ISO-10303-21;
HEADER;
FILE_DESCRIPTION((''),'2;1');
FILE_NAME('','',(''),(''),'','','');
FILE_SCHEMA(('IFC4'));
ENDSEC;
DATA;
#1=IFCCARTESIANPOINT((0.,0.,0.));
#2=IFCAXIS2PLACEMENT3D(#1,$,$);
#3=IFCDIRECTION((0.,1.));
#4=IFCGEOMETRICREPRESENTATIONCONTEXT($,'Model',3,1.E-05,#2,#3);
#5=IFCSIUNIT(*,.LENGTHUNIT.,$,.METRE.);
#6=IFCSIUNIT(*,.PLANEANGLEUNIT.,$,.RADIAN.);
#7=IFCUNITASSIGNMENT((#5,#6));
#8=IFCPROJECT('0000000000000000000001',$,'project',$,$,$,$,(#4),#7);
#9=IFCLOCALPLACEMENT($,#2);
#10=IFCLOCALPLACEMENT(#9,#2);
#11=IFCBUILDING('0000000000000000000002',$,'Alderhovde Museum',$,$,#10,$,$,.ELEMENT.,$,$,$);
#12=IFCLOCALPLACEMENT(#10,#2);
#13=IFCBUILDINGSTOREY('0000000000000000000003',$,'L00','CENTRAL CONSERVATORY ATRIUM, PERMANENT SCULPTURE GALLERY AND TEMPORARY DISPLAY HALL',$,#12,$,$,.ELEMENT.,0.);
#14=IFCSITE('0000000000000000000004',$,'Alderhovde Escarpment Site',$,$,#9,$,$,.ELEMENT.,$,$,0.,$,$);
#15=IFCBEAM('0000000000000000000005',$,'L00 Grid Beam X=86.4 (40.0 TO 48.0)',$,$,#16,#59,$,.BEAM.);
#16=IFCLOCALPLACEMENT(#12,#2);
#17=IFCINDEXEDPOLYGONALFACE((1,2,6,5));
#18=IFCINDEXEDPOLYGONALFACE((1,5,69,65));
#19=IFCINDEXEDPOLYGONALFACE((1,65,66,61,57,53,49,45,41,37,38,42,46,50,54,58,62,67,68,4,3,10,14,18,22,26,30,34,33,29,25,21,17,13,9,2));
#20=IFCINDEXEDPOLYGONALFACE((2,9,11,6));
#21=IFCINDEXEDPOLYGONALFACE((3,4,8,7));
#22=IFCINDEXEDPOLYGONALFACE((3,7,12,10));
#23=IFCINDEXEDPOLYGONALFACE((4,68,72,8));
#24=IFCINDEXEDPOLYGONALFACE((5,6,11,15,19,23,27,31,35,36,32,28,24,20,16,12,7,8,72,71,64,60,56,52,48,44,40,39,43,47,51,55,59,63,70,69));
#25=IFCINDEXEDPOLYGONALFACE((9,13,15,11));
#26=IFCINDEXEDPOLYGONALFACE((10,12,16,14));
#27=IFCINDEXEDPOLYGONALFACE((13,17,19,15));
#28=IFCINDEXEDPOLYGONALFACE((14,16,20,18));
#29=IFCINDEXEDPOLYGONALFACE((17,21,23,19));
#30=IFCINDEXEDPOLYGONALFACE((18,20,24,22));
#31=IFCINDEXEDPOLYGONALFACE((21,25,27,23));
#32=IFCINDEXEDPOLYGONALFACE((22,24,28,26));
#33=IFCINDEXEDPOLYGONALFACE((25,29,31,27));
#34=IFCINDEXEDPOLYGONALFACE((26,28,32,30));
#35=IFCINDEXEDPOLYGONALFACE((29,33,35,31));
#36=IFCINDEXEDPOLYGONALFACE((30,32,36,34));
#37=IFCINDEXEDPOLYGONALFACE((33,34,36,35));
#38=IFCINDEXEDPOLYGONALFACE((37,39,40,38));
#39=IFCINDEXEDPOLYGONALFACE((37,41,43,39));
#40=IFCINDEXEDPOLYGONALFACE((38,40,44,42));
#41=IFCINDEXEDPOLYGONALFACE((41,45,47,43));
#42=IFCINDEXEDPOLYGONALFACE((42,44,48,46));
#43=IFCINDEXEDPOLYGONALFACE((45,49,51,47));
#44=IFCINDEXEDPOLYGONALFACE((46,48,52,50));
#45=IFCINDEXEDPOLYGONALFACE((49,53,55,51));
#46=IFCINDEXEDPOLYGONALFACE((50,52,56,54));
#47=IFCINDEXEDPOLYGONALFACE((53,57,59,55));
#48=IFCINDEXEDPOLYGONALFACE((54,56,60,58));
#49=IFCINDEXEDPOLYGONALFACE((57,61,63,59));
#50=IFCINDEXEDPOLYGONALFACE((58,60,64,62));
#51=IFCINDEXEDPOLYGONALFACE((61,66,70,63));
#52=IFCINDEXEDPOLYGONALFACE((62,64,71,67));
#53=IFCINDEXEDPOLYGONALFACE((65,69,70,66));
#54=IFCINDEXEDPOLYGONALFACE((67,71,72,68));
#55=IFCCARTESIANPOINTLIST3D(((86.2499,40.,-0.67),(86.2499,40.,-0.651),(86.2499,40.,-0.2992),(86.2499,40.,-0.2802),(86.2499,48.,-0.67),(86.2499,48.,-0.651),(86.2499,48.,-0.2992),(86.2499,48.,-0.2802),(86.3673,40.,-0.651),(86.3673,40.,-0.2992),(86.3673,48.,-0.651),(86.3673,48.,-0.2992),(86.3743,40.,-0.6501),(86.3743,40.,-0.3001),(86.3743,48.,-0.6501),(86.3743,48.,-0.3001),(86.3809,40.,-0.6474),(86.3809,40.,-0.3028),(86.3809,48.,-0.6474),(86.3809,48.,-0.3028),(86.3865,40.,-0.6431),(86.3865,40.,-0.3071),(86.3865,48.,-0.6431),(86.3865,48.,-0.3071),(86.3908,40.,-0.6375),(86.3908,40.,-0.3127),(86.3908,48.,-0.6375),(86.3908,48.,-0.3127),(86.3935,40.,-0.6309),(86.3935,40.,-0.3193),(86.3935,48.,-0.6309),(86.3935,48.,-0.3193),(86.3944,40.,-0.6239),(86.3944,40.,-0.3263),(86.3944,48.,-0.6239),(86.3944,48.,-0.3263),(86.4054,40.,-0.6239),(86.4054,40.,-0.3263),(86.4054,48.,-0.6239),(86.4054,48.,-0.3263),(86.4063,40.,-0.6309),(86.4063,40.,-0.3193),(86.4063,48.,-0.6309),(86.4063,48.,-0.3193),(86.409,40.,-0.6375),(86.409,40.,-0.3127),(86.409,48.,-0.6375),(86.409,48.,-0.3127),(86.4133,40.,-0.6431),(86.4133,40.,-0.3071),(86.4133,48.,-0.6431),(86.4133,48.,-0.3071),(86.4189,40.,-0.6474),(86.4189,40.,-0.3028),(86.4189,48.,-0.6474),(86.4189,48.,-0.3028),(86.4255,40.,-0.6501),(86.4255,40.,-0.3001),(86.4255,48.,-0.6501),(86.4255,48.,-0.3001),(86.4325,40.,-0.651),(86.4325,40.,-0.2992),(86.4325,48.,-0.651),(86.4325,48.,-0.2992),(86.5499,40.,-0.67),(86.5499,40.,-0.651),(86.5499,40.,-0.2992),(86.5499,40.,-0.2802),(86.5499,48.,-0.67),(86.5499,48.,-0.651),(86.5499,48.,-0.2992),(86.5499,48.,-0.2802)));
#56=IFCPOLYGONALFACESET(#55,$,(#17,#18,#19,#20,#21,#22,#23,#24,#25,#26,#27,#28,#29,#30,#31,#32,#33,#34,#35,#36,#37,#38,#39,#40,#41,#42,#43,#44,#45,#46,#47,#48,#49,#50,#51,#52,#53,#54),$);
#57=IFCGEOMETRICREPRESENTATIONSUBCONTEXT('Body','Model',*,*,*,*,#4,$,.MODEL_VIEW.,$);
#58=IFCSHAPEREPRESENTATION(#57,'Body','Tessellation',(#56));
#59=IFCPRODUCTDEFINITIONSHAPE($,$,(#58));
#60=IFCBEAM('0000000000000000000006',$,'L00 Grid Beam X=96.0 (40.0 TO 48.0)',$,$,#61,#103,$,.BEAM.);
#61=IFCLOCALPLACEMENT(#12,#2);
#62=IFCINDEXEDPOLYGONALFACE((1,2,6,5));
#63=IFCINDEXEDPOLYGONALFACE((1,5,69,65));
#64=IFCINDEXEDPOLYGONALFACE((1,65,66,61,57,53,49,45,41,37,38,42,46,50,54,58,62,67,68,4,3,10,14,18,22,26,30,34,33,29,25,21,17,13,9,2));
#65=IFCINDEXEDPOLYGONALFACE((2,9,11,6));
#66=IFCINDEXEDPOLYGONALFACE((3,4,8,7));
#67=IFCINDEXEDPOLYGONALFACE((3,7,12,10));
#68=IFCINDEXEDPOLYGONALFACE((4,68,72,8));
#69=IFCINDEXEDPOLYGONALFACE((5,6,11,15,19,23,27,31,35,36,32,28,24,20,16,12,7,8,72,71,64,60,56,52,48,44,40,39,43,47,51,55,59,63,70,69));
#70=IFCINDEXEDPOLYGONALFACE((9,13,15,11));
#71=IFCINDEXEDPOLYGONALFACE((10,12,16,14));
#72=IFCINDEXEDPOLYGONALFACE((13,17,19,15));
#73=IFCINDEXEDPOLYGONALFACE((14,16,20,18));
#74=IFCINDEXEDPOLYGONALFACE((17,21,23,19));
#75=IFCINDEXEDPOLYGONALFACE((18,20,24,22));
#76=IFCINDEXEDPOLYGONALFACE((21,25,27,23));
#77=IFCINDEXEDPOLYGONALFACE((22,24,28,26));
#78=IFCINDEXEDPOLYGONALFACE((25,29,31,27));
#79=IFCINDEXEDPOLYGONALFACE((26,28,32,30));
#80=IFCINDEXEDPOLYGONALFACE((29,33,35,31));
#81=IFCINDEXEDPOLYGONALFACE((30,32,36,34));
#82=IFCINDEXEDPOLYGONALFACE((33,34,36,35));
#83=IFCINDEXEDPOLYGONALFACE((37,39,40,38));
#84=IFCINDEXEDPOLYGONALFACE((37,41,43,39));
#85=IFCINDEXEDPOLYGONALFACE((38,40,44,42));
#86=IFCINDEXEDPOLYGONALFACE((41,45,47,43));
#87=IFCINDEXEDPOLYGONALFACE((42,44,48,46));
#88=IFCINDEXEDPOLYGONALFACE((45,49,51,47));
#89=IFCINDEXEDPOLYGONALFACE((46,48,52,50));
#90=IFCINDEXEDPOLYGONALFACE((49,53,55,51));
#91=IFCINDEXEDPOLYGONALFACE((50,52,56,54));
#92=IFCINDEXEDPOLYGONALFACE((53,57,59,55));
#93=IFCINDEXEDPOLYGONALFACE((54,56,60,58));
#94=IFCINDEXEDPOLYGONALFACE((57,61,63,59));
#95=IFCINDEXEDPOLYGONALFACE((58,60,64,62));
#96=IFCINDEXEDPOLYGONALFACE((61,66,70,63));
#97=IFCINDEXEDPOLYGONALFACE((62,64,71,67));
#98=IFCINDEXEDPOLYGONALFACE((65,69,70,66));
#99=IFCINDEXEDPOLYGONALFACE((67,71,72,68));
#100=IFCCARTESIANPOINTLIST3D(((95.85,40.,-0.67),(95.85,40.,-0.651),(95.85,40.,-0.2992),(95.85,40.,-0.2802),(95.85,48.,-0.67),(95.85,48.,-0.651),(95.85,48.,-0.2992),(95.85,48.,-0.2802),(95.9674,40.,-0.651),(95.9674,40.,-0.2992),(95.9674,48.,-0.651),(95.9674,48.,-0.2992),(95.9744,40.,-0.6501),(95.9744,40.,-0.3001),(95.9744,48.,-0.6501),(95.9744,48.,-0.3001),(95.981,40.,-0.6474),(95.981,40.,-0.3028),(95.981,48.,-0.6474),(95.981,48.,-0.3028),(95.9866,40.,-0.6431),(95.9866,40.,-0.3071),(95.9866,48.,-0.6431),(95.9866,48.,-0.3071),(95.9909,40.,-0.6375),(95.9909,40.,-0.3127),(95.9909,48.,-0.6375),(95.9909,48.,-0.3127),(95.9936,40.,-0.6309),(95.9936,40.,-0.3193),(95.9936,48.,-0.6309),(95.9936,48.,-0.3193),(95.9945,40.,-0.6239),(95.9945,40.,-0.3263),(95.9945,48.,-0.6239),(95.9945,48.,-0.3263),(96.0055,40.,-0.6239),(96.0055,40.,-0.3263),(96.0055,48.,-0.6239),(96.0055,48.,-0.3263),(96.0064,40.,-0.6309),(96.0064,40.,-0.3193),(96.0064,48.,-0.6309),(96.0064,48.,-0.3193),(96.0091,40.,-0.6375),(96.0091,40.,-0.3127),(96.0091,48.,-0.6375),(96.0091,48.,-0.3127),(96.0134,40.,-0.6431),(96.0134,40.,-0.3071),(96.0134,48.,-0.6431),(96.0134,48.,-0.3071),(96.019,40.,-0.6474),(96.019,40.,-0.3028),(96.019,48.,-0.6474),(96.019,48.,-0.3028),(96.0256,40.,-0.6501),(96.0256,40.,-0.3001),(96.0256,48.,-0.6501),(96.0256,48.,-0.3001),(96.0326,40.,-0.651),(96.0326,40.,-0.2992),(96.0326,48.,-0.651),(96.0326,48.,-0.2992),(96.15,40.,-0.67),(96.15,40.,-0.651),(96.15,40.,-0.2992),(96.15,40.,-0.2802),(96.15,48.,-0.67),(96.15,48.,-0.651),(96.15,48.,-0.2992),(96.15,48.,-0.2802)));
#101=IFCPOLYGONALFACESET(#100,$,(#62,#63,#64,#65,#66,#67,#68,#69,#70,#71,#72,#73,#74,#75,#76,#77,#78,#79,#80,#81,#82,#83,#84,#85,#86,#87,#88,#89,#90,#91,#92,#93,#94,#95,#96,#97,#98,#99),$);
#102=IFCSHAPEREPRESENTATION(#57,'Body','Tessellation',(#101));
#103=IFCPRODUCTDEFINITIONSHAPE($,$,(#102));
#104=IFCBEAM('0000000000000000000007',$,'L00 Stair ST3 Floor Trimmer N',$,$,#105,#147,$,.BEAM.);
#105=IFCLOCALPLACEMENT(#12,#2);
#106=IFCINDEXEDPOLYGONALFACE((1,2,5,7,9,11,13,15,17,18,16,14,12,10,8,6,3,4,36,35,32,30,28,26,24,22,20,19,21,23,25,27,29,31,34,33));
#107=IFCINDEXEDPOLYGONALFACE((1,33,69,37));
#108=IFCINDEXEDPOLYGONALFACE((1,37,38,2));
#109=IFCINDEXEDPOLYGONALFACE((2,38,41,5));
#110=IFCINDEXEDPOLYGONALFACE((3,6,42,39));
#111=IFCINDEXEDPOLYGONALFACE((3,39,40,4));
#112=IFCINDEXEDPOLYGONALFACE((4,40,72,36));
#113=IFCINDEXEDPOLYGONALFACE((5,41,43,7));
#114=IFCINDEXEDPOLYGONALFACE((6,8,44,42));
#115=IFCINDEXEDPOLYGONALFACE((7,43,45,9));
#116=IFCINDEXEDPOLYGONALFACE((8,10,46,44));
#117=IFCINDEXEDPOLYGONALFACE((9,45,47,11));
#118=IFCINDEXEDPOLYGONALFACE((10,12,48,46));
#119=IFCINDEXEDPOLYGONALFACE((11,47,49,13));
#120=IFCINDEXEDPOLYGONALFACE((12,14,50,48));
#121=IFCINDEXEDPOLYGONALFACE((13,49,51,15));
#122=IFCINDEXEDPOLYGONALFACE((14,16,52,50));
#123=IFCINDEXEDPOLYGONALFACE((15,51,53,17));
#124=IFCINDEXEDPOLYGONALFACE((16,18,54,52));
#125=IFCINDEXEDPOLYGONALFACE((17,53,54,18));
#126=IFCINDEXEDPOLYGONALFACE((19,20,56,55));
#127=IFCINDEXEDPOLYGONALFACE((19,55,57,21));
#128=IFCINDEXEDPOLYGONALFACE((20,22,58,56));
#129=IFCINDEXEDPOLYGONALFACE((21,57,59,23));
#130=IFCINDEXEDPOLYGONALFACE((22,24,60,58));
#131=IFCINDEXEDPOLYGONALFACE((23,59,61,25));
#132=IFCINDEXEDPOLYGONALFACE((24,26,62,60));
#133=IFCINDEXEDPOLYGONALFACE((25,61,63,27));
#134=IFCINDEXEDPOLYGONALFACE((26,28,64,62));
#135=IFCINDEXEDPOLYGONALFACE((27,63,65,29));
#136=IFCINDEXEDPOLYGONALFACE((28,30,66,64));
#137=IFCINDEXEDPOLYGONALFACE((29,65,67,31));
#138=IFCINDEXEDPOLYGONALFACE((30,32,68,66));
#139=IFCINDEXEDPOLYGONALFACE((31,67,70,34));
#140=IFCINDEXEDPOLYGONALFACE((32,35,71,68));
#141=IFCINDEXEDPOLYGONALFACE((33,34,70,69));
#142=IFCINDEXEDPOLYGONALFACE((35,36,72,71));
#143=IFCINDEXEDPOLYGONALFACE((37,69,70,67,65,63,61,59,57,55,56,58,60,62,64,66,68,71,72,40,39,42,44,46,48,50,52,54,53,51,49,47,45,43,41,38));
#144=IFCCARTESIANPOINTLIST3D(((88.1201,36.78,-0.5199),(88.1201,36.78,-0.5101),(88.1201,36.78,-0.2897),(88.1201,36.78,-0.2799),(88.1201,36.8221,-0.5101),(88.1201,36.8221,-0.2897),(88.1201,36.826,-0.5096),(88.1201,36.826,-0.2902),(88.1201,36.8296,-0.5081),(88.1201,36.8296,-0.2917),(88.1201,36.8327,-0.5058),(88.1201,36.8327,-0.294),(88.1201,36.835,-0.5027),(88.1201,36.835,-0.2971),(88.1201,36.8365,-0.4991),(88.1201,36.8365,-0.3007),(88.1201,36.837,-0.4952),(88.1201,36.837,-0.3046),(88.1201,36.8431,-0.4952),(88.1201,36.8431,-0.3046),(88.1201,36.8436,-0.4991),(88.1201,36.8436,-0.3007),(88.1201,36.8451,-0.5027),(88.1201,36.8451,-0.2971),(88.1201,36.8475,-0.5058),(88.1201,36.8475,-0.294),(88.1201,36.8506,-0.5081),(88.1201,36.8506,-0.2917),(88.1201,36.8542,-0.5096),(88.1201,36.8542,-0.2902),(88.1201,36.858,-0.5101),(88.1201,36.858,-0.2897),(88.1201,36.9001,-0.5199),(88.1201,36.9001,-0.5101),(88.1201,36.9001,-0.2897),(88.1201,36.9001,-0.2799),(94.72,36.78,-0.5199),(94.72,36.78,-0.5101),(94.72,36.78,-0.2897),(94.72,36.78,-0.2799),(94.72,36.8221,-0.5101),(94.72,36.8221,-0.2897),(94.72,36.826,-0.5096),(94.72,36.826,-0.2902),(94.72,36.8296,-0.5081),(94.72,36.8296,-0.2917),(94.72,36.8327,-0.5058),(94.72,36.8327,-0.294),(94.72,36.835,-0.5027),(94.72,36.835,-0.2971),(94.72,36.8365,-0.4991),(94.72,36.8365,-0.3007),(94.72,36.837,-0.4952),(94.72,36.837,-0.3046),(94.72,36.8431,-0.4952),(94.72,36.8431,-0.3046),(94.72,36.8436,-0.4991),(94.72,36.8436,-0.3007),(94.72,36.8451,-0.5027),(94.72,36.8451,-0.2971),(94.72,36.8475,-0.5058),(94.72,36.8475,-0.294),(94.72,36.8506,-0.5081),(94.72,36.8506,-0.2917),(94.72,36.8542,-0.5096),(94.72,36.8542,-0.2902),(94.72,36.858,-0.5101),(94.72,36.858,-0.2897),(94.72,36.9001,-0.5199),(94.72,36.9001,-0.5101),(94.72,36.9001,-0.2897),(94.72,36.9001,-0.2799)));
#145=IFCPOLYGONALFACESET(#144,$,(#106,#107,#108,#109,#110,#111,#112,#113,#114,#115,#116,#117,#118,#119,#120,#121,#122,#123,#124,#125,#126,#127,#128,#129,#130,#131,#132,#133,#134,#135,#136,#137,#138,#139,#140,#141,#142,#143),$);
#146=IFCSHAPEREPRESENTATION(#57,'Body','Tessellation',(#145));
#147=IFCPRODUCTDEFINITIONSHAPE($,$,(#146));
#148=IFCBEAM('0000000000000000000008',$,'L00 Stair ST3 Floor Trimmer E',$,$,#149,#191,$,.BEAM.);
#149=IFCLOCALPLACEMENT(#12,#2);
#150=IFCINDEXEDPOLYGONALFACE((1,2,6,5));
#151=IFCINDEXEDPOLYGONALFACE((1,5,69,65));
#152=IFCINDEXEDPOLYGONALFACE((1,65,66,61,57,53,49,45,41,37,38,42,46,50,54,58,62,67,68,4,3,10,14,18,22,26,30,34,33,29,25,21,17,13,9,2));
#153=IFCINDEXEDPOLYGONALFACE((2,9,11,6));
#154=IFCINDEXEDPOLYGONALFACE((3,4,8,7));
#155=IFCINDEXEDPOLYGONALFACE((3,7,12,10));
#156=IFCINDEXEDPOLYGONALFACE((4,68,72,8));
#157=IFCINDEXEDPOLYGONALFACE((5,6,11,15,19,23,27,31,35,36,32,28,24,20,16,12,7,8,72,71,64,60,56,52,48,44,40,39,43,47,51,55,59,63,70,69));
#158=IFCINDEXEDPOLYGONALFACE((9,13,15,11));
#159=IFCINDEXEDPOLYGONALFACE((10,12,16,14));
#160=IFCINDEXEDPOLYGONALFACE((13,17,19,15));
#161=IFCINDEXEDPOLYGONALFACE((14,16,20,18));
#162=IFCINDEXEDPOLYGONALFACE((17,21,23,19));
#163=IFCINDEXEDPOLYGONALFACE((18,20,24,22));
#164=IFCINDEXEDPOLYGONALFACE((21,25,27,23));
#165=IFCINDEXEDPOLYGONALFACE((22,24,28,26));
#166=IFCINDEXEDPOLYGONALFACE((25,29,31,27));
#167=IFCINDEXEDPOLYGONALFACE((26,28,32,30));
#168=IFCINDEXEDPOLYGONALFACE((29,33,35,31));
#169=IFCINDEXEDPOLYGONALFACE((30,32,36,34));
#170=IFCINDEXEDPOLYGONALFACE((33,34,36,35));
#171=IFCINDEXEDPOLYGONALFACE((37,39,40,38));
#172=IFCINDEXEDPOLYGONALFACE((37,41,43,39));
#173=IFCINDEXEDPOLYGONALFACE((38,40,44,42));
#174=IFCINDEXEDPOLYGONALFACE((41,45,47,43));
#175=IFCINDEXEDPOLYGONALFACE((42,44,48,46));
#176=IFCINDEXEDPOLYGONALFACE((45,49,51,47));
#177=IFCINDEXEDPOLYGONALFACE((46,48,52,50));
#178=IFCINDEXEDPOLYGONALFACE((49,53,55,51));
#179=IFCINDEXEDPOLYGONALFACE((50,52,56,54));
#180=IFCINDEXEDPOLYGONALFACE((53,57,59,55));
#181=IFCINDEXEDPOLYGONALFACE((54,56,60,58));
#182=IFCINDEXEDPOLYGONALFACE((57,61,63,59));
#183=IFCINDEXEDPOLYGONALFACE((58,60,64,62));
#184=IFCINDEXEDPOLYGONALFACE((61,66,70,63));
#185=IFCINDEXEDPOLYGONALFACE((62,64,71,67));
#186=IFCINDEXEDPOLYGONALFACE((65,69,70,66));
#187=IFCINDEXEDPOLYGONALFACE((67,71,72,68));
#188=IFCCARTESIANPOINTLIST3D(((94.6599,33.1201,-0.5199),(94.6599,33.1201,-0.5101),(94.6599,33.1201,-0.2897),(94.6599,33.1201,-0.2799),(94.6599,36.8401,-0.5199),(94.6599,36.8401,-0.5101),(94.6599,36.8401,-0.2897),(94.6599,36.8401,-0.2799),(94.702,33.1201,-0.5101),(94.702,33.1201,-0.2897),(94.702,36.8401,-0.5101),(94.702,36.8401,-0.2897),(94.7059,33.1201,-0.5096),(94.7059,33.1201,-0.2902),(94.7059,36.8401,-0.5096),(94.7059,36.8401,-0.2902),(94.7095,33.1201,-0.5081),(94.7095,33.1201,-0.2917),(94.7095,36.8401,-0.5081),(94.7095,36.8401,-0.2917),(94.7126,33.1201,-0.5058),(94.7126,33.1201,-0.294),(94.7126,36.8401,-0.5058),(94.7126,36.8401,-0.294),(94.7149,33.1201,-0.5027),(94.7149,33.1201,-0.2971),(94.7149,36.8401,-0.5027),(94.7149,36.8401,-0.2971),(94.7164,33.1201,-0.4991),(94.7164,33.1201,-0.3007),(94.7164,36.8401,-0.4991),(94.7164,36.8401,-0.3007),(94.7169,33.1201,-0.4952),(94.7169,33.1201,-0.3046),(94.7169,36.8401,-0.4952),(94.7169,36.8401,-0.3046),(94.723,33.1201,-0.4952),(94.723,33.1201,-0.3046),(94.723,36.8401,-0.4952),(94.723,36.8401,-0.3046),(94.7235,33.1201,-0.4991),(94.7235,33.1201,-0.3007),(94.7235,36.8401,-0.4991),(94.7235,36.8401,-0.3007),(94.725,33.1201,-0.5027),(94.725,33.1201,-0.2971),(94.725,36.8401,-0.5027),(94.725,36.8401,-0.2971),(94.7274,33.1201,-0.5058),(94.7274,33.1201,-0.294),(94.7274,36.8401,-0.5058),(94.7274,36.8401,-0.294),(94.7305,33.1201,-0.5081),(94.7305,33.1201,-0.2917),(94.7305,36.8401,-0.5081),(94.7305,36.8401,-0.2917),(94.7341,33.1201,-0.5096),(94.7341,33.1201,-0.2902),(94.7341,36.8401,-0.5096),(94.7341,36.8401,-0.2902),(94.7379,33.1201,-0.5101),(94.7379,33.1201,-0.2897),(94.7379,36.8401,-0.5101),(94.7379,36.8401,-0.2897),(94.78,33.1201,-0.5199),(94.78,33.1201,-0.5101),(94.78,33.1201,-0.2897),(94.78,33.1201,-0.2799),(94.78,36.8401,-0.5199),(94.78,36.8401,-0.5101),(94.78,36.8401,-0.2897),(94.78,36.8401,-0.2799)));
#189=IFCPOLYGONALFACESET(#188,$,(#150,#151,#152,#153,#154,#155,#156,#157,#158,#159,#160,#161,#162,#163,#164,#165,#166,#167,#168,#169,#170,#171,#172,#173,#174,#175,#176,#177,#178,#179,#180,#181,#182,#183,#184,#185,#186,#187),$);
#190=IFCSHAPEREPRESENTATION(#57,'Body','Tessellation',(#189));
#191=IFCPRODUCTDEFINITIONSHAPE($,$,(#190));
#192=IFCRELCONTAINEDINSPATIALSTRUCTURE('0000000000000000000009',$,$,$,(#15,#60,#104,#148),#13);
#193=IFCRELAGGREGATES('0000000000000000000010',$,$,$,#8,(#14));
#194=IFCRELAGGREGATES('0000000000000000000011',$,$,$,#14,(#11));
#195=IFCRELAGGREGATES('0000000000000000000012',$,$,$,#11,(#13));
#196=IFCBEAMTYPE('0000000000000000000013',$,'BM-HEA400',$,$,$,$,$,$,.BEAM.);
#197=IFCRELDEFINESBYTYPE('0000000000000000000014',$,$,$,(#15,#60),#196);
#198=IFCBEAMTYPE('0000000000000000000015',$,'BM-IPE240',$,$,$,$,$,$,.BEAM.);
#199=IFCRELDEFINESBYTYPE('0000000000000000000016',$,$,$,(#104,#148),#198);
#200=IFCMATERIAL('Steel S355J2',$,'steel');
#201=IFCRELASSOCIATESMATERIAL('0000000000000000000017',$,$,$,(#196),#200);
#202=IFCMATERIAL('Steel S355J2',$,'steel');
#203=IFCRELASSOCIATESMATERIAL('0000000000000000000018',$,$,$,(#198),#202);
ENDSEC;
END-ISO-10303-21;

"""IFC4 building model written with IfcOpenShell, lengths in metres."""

from ifc_helpers import new_model, si_unit, direction, frame, origin, origin_2d, place, context, subcontext, project, spatial, i_section, extrude, material, material_profile, profile_set, type_object, element, save


model = new_model("IFC4")

# Units and contexts
model_context = context("Model", 3, precision=1e-05, world=origin(), true_north=direction((0.0, 1.0)))
body_context = subcontext(model_context, "Body", "Model", "MODEL_VIEW")
ifc_project = project(units=[si_unit("LENGTHUNIT", "METRE"), si_unit("PLANEANGLEUNIT", "RADIAN")], contexts=[model_context])

# Site, building, storey
site_placement = place(None, origin())
site = spatial("IfcSite", under=ifc_project, at=site_placement, Name="Alderhovde Escarpment Site", CompositionType="ELEMENT", RefElevation=0.0)
building_placement = place(site_placement, origin())
building = spatial("IfcBuilding", under=site, at=building_placement, Name="Alderhovde Museum", CompositionType="ELEMENT")
storey_placement = place(building_placement, origin())
storey = spatial("IfcBuildingStorey", under=building, at=storey_placement, Name="L00", Description="CENTRAL CONSERVATORY ATRIUM, PERMANENT SCULPTURE GALLERY AND TEMPORARY DISPLAY HALL", CompositionType="ELEMENT", Elevation=0.0)

# Beams
ifc_material_1 = material(Name="Steel S355J2", Category="steel")
ifc_material_profile_1 = material_profile(ifc_material_1, i_section(OverallWidth=0.3, OverallDepth=0.3899, WebThickness=0.011, FlangeThickness=0.019, FilletRadius=0.0271, at=origin_2d()), Name="HEA 400")
ifc_profile_set_1 = profile_set([ifc_material_profile_1], Name="Steel S355J2")
beam_type_1 = type_object("IfcBeamType", Name="BM-HEA400", PredefinedType="BEAM", material=ifc_profile_set_1)
for number, where, z_axis, x_axis, name in (
    (1, (86.3999, 40.0, -0.4751), (0.0, 1.0, 0.0), (-1.0, 0.0, 0.0), "L00 Grid Beam X=86.4 (40.0 TO 48.0)"),
    (2, (96.0, 40.0, -0.4751), (0.0, 1.0, 0.0), (-1.0, 0.0, 0.0), "L00 Grid Beam X=96.0 (40.0 TO 48.0)"),
):
    element("IfcBeam", number, at=place(storey_placement, frame(where, z_axis=z_axis, x_axis=x_axis)), inside=storey, type_object=beam_type_1, Name=name, PredefinedType="BEAM", context=body_context, shape_type="SweptSolid", body=[
        extrude(i_section(OverallWidth=0.3, OverallDepth=0.3899, WebThickness=0.011, FlangeThickness=0.019, FilletRadius=0.0271, at=origin_2d()), origin(), (0.0, 0.0, 1.0), 8.0),
    ])
ifc_material_2 = material(Name="Steel S355J2", Category="steel")
ifc_material_profile_2 = material_profile(ifc_material_2, i_section(OverallWidth=0.1201, OverallDepth=0.24, WebThickness=0.0061, FlangeThickness=0.0098, FilletRadius=0.0149, at=origin_2d()), Name="IPE 240")
ifc_profile_set_2 = profile_set([ifc_material_profile_2], Name="Steel S355J2")
beam_type_2 = type_object("IfcBeamType", Name="BM-IPE240", PredefinedType="BEAM", material=ifc_profile_set_2)
beam_1_placement = place(storey_placement, frame((88.1201, 36.8401, -0.3999), z_axis=(1.0, 0.0, 0.0), x_axis=(0.0, 1.0, 0.0)))
element("IfcBeam", 3, at=beam_1_placement, inside=storey, type_object=beam_type_2, Name="L00 Stair ST3 Floor Trimmer N", PredefinedType="BEAM", context=body_context, shape_type="SweptSolid", body=[
    extrude(i_section(OverallWidth=0.1201, OverallDepth=0.24, WebThickness=0.0061, FlangeThickness=0.0098, FilletRadius=0.0149, at=origin_2d()), origin(), (0.0, 0.0, 1.0), 6.5999),
])
beam_2_placement = place(storey_placement, frame((94.72, 33.1201, -0.3999), z_axis=(0.0, 1.0, 0.0), x_axis=(-1.0, 0.0, 0.0)))
element("IfcBeam", 4, at=beam_2_placement, inside=storey, type_object=beam_type_2, Name="L00 Stair ST3 Floor Trimmer E", PredefinedType="BEAM", context=body_context, shape_type="SweptSolid", body=[
    extrude(i_section(OverallWidth=0.1201, OverallDepth=0.24, WebThickness=0.0061, FlangeThickness=0.0098, FilletRadius=0.0149, at=origin_2d()), origin(), (0.0, 0.0, 1.0), 3.72),
])

save(model, "model.ifc")
